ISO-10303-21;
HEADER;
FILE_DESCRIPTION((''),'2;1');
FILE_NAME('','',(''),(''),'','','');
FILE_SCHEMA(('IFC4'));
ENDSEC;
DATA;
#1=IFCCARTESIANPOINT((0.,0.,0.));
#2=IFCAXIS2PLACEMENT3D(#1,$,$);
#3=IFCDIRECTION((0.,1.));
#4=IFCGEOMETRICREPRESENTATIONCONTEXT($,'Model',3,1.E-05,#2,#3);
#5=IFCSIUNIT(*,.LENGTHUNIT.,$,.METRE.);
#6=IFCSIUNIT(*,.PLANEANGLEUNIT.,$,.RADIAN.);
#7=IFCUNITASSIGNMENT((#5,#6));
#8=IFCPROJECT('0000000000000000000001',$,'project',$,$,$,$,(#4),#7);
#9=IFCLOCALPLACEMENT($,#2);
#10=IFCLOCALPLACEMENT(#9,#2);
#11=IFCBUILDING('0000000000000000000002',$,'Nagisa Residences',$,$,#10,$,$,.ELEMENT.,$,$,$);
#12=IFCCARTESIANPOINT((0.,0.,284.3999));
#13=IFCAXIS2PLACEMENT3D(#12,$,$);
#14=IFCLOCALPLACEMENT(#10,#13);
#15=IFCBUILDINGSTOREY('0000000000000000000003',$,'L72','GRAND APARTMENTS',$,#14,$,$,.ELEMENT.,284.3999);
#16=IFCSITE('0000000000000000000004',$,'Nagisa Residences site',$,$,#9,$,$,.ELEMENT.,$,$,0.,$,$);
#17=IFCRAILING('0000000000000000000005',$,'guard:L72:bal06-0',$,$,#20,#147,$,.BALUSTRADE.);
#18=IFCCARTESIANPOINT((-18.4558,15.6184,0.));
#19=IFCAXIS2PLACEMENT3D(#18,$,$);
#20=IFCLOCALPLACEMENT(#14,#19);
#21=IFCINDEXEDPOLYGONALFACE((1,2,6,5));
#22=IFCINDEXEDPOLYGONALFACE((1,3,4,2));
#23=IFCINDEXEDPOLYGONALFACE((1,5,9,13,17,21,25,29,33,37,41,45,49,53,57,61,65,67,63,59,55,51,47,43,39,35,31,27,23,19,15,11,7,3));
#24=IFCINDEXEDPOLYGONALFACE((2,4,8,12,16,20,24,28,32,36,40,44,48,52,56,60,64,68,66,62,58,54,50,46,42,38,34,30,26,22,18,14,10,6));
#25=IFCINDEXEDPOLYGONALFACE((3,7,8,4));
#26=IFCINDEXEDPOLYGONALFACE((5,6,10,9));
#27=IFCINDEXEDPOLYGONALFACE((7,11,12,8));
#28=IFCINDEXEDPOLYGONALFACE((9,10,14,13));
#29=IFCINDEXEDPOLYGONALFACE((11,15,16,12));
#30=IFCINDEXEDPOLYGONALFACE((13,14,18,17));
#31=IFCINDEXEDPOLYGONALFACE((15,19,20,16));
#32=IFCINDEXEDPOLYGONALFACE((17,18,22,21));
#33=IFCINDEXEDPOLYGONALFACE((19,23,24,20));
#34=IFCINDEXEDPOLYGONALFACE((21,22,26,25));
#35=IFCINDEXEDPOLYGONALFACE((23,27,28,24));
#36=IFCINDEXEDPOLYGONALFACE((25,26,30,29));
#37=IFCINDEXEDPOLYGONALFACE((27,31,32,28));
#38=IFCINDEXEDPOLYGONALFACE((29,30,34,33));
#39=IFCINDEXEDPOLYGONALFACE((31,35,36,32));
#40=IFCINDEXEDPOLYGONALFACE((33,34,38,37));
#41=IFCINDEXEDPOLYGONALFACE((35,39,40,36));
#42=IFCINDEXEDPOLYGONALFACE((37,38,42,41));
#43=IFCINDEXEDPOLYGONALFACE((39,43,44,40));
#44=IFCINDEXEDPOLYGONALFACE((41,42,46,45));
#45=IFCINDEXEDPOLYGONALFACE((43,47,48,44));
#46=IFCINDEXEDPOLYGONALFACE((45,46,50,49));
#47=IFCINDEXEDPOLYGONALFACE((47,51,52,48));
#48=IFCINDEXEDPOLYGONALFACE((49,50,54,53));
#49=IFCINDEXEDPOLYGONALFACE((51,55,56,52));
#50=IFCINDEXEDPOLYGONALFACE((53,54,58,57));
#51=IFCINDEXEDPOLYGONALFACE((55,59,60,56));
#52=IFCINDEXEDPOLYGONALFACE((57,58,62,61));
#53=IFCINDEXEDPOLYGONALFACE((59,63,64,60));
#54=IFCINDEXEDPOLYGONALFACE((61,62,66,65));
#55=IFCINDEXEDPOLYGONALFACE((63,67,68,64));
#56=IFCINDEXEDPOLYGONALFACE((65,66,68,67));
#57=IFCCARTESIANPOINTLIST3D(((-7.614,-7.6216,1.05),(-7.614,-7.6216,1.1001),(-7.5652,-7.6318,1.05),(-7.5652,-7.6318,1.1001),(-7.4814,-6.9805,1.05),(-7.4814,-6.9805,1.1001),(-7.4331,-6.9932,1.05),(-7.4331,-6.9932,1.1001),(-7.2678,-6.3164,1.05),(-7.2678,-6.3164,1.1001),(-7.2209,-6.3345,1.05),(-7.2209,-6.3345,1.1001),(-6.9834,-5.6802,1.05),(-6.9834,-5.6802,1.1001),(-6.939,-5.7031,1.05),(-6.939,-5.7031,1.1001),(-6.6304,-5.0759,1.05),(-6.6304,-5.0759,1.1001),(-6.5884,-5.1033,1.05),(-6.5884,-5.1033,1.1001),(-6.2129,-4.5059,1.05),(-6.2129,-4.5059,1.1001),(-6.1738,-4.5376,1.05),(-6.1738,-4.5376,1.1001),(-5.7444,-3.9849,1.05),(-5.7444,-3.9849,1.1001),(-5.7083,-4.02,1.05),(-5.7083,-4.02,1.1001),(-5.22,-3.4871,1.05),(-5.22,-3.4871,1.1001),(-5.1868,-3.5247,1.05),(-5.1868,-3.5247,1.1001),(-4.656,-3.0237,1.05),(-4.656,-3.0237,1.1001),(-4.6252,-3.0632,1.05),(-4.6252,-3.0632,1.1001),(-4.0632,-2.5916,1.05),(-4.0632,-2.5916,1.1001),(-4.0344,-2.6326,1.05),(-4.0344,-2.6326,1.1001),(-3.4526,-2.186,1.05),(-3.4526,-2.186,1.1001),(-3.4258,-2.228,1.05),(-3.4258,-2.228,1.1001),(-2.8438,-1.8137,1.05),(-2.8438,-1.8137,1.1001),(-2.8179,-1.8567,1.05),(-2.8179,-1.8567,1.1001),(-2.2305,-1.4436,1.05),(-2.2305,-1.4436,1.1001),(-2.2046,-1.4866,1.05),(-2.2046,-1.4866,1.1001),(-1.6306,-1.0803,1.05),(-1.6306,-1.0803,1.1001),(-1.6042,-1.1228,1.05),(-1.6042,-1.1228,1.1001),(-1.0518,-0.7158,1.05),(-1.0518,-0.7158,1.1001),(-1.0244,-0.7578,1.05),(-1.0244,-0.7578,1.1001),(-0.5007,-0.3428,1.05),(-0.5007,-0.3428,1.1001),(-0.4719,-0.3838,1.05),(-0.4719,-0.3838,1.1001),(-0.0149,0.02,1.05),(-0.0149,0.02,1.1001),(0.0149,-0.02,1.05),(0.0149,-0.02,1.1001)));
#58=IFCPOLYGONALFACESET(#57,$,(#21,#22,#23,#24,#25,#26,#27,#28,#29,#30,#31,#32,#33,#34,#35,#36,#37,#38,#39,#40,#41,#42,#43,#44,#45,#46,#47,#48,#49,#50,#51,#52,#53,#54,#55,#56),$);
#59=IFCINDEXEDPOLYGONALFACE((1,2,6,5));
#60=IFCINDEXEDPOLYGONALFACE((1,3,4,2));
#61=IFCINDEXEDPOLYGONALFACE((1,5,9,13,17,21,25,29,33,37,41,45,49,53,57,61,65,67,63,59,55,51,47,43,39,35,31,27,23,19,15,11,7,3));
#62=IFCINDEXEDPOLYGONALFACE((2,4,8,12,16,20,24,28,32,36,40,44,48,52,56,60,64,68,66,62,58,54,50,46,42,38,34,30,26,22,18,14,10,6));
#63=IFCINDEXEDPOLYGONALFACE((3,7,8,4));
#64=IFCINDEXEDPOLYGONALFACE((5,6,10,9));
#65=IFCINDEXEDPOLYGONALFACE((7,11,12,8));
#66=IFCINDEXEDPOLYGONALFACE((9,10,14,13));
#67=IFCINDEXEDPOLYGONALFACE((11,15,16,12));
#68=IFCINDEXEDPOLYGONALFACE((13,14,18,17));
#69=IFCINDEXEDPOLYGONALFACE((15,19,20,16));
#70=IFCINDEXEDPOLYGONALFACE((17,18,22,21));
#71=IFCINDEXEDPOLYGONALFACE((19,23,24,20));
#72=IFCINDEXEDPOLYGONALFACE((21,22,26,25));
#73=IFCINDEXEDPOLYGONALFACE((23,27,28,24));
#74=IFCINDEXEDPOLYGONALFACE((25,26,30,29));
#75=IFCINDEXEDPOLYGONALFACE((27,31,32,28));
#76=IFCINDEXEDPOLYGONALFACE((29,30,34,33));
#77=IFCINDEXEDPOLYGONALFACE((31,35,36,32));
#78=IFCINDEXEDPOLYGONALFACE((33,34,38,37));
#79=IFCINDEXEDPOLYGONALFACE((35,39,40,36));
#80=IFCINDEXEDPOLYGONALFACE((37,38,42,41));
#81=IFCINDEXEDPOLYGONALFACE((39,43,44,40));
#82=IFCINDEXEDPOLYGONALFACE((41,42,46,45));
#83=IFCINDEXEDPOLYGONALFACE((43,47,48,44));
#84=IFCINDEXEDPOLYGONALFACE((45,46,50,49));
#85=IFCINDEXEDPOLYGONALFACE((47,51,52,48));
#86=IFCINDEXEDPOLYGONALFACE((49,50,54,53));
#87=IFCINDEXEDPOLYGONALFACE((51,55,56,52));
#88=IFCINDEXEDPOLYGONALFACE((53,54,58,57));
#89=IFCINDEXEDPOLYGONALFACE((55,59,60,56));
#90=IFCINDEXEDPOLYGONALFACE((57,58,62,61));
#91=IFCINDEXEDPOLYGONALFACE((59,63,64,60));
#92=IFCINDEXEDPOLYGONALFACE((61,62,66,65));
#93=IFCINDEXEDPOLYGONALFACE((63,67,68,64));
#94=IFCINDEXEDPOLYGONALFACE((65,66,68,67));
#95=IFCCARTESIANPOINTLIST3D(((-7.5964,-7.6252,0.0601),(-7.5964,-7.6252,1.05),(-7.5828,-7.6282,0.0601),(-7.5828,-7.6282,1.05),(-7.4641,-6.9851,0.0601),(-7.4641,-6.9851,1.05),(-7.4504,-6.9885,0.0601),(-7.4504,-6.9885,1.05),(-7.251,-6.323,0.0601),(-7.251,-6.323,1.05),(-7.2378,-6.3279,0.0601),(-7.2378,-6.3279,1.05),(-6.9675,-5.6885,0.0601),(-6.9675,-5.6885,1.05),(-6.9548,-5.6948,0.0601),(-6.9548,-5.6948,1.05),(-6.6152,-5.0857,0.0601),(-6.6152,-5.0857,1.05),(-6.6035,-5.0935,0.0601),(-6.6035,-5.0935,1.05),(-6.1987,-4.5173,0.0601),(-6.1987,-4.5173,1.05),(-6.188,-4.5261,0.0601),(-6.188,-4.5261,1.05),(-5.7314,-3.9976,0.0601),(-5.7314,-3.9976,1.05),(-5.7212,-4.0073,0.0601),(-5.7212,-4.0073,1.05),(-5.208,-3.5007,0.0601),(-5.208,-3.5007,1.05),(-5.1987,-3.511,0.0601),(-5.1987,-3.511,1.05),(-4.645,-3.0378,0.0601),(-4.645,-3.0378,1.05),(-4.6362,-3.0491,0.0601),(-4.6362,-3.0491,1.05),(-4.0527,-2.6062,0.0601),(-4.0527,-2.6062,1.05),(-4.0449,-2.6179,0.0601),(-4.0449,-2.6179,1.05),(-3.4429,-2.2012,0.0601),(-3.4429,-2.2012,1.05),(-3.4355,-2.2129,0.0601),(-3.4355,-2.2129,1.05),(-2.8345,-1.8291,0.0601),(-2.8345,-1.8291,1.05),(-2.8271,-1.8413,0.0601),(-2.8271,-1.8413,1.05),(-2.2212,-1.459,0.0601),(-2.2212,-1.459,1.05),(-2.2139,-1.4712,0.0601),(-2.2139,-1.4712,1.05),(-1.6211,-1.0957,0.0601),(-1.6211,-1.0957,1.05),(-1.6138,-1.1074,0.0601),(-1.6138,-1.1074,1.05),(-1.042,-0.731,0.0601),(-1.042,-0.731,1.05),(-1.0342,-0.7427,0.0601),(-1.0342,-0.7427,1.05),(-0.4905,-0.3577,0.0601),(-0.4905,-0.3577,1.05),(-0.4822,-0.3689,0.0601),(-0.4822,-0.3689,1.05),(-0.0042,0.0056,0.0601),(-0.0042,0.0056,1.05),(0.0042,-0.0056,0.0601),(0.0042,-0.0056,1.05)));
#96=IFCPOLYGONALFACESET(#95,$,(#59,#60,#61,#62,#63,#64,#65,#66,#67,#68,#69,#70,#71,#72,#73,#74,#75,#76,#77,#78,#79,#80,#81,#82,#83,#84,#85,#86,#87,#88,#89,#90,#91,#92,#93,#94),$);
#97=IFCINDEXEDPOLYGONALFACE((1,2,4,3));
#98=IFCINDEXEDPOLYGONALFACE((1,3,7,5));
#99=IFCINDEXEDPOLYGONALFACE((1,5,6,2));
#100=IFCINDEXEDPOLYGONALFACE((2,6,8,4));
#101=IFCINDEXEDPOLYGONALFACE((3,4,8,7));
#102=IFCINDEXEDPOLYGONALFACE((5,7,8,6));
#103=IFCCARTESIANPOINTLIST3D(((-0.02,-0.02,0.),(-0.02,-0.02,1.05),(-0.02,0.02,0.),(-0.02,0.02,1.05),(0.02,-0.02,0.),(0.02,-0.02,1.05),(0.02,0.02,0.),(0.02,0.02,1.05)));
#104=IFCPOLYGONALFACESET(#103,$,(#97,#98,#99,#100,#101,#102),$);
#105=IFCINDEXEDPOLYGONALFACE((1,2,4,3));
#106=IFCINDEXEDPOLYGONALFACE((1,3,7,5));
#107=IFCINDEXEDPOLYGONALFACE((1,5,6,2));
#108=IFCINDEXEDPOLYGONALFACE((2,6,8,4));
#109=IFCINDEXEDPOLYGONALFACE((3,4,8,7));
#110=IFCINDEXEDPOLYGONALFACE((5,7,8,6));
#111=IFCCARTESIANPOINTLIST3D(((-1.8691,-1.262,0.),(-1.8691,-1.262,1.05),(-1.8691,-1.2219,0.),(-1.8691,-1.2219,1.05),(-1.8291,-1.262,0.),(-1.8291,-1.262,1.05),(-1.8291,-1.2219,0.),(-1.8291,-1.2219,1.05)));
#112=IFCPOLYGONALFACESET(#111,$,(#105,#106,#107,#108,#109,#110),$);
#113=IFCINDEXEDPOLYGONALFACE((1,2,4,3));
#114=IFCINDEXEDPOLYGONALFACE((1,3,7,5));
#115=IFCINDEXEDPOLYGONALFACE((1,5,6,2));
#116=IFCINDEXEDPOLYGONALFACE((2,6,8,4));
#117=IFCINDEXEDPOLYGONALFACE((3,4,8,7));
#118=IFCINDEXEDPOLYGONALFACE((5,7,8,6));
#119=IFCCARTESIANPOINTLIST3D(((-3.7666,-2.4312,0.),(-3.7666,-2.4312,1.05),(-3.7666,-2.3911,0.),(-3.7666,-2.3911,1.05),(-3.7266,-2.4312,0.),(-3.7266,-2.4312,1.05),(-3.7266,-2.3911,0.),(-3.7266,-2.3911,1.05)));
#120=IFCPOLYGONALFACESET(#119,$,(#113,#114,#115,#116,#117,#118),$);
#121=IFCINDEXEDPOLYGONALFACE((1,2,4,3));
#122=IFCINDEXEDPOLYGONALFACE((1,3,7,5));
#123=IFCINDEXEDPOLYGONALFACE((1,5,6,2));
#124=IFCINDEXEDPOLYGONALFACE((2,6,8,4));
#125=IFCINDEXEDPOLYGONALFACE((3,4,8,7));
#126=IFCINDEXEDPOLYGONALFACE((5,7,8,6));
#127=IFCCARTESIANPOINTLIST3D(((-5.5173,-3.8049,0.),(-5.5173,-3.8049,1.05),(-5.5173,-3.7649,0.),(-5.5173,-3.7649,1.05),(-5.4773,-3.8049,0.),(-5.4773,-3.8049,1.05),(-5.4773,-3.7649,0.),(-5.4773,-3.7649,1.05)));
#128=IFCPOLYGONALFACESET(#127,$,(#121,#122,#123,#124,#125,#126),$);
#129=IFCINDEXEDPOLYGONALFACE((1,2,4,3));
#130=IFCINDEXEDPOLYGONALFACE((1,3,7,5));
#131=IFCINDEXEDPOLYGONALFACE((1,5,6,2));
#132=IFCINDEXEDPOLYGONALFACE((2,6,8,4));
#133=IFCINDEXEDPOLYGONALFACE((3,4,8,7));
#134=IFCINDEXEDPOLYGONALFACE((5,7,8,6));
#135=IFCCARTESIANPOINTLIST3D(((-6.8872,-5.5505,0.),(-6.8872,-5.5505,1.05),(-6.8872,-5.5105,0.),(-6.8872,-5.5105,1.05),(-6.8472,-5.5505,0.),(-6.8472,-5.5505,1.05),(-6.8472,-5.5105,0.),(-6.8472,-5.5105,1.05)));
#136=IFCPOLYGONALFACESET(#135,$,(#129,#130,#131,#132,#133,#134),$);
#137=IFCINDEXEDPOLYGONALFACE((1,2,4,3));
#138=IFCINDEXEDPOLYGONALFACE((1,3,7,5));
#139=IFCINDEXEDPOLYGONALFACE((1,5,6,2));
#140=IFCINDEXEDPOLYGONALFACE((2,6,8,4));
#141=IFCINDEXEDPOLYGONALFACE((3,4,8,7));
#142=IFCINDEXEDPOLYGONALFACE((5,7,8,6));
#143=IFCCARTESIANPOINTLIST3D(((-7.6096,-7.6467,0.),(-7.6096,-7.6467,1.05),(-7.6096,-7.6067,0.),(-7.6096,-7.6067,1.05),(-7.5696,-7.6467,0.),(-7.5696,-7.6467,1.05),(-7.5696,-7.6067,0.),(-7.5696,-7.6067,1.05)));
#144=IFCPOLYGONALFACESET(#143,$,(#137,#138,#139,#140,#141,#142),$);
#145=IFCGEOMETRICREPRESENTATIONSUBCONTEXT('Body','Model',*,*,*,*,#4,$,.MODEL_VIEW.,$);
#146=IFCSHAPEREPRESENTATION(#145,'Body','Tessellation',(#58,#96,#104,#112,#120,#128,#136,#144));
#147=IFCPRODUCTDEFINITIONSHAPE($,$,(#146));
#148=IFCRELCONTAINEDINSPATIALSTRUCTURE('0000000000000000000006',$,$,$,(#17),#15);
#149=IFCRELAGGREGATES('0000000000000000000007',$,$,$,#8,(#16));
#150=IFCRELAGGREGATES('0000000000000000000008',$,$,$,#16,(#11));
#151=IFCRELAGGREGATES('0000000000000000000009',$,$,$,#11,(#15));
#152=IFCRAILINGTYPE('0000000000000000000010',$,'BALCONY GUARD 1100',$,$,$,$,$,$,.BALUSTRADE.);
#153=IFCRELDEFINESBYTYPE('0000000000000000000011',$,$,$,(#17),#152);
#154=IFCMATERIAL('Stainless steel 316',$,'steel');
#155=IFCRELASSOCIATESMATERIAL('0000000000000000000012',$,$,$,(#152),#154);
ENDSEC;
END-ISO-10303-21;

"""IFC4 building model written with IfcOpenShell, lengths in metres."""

from ifc_helpers import new_model, si_unit, direction, frame, origin, origin_2d, place, context, subcontext, project, spatial, polyline, rectangle, outline, extrude, material, type_object, element, save


model = new_model("IFC4")

# Units and contexts
model_context = context("Model", 3, precision=1e-05, world=origin(), true_north=direction((0.0, 1.0)))
body_context = subcontext(model_context, "Body", "Model", "MODEL_VIEW")
ifc_project = project(units=[si_unit("LENGTHUNIT", "METRE"), si_unit("PLANEANGLEUNIT", "RADIAN")], contexts=[model_context])

# Site, building, storey
site_placement = place(None, origin())
site = spatial("IfcSite", under=ifc_project, at=site_placement, Name="Nagisa Residences site", CompositionType="ELEMENT", RefElevation=0.0)
building_placement = place(site_placement, origin())
building = spatial("IfcBuilding", under=site, at=building_placement, Name="Nagisa Residences", CompositionType="ELEMENT")
storey_placement = place(building_placement, frame((0.0, 0.0, 284.3999)))
storey = spatial("IfcBuildingStorey", under=building, at=storey_placement, Name="L72", Description="GRAND APARTMENTS", CompositionType="ELEMENT", Elevation=284.3999)

# Railing
ifc_material_1 = material(Name="Stainless steel 316", Category="steel")
railing_type = type_object("IfcRailingType", Name="BALCONY GUARD 1100", PredefinedType="BALUSTRADE", material=ifc_material_1)
railing_1_placement = place(storey_placement, frame((-18.4558, 15.6184, 0.0)))
element("IfcRailing", 1, at=railing_1_placement, inside=storey, type_object=railing_type, Name="guard:L72:bal06-0", PredefinedType="BALUSTRADE", context=body_context, shape_type="SweptSolid", body=[
    extrude(outline(polyline([(-0.4719, -0.3838), (0.0149, -0.02), (-0.0149, 0.02), (-0.5007, -0.3428), (-1.0518, -0.7158), (-1.6306, -1.0803), (-2.2305, -1.4436), (-2.8438, -1.8137), (-3.4526, -2.186), (-4.0632, -2.5916), (-4.656, -3.0237), (-5.22, -3.4871), (-5.7444, -3.9849), (-6.2129, -4.5059), (-6.6304, -5.0759), (-6.9834, -5.6802), (-7.2678, -6.3164), (-7.4814, -6.9805), (-7.614, -7.6216), (-7.5652, -7.6318), (-7.4331, -6.9932), (-7.2209, -6.3345), (-6.939, -5.7031), (-6.5884, -5.1033), (-6.1738, -4.5376), (-5.7083, -4.02), (-5.1868, -3.5247), (-4.6252, -3.0632), (-4.0344, -2.6326), (-3.4258, -2.228), (-2.8179, -1.8567), (-2.2046, -1.4866), (-1.6042, -1.1228), (-1.0244, -0.7578), (-0.4719, -0.3838)])), frame((0.0, 0.0, 1.05)), (0.0, 0.0, 1.0), 0.05),
    extrude(outline(polyline([(-0.4822, -0.3689), (0.0042, -0.0056), (-0.0042, 0.0056), (-0.4905, -0.3577), (-1.042, -0.731), (-1.6211, -1.0957), (-2.2212, -1.459), (-2.8345, -1.8291), (-3.4429, -2.2012), (-4.0527, -2.6062), (-4.645, -3.0378), (-5.208, -3.5007), (-5.7314, -3.9976), (-6.1987, -4.5173), (-6.6152, -5.0857), (-6.9675, -5.6885), (-7.251, -6.323), (-7.4641, -6.9851), (-7.5964, -7.6252), (-7.5828, -7.6282), (-7.4504, -6.9885), (-7.2378, -6.3279), (-6.9548, -5.6948), (-6.6035, -5.0935), (-6.188, -4.5261), (-5.7212, -4.0073), (-5.1987, -3.511), (-4.6362, -3.0491), (-4.0449, -2.6179), (-3.4355, -2.2129), (-2.8271, -1.8413), (-2.2139, -1.4712), (-1.6138, -1.1074), (-1.0342, -0.7427), (-0.4822, -0.3689)])), frame((0.0, 0.0, 0.0601)), (0.0, 0.0, 1.0), 0.99),
    extrude(rectangle(XDim=0.04, YDim=0.04, at=origin_2d()), origin(), (0.0, 0.0, 1.0), 1.05),
    extrude(rectangle(XDim=0.04, YDim=0.04, at=origin_2d()), frame((-1.8491, -1.2419, 0.0)), (0.0, 0.0, 1.0), 1.05),
    extrude(rectangle(XDim=0.04, YDim=0.04, at=origin_2d()), frame((-3.7466, -2.4111, 0.0)), (0.0, 0.0, 1.0), 1.05),
    extrude(rectangle(XDim=0.04, YDim=0.04, at=origin_2d()), frame((-5.4973, -3.7849, 0.0)), (0.0, 0.0, 1.0), 1.05),
    extrude(rectangle(XDim=0.04, YDim=0.04, at=origin_2d()), frame((-6.8672, -5.5305, 0.0)), (0.0, 0.0, 1.0), 1.05),
    extrude(rectangle(XDim=0.04, YDim=0.04, at=origin_2d()), frame((-7.5896, -7.6267, 0.0)), (0.0, 0.0, 1.0), 1.05),
])

save(model, "model.ifc")
